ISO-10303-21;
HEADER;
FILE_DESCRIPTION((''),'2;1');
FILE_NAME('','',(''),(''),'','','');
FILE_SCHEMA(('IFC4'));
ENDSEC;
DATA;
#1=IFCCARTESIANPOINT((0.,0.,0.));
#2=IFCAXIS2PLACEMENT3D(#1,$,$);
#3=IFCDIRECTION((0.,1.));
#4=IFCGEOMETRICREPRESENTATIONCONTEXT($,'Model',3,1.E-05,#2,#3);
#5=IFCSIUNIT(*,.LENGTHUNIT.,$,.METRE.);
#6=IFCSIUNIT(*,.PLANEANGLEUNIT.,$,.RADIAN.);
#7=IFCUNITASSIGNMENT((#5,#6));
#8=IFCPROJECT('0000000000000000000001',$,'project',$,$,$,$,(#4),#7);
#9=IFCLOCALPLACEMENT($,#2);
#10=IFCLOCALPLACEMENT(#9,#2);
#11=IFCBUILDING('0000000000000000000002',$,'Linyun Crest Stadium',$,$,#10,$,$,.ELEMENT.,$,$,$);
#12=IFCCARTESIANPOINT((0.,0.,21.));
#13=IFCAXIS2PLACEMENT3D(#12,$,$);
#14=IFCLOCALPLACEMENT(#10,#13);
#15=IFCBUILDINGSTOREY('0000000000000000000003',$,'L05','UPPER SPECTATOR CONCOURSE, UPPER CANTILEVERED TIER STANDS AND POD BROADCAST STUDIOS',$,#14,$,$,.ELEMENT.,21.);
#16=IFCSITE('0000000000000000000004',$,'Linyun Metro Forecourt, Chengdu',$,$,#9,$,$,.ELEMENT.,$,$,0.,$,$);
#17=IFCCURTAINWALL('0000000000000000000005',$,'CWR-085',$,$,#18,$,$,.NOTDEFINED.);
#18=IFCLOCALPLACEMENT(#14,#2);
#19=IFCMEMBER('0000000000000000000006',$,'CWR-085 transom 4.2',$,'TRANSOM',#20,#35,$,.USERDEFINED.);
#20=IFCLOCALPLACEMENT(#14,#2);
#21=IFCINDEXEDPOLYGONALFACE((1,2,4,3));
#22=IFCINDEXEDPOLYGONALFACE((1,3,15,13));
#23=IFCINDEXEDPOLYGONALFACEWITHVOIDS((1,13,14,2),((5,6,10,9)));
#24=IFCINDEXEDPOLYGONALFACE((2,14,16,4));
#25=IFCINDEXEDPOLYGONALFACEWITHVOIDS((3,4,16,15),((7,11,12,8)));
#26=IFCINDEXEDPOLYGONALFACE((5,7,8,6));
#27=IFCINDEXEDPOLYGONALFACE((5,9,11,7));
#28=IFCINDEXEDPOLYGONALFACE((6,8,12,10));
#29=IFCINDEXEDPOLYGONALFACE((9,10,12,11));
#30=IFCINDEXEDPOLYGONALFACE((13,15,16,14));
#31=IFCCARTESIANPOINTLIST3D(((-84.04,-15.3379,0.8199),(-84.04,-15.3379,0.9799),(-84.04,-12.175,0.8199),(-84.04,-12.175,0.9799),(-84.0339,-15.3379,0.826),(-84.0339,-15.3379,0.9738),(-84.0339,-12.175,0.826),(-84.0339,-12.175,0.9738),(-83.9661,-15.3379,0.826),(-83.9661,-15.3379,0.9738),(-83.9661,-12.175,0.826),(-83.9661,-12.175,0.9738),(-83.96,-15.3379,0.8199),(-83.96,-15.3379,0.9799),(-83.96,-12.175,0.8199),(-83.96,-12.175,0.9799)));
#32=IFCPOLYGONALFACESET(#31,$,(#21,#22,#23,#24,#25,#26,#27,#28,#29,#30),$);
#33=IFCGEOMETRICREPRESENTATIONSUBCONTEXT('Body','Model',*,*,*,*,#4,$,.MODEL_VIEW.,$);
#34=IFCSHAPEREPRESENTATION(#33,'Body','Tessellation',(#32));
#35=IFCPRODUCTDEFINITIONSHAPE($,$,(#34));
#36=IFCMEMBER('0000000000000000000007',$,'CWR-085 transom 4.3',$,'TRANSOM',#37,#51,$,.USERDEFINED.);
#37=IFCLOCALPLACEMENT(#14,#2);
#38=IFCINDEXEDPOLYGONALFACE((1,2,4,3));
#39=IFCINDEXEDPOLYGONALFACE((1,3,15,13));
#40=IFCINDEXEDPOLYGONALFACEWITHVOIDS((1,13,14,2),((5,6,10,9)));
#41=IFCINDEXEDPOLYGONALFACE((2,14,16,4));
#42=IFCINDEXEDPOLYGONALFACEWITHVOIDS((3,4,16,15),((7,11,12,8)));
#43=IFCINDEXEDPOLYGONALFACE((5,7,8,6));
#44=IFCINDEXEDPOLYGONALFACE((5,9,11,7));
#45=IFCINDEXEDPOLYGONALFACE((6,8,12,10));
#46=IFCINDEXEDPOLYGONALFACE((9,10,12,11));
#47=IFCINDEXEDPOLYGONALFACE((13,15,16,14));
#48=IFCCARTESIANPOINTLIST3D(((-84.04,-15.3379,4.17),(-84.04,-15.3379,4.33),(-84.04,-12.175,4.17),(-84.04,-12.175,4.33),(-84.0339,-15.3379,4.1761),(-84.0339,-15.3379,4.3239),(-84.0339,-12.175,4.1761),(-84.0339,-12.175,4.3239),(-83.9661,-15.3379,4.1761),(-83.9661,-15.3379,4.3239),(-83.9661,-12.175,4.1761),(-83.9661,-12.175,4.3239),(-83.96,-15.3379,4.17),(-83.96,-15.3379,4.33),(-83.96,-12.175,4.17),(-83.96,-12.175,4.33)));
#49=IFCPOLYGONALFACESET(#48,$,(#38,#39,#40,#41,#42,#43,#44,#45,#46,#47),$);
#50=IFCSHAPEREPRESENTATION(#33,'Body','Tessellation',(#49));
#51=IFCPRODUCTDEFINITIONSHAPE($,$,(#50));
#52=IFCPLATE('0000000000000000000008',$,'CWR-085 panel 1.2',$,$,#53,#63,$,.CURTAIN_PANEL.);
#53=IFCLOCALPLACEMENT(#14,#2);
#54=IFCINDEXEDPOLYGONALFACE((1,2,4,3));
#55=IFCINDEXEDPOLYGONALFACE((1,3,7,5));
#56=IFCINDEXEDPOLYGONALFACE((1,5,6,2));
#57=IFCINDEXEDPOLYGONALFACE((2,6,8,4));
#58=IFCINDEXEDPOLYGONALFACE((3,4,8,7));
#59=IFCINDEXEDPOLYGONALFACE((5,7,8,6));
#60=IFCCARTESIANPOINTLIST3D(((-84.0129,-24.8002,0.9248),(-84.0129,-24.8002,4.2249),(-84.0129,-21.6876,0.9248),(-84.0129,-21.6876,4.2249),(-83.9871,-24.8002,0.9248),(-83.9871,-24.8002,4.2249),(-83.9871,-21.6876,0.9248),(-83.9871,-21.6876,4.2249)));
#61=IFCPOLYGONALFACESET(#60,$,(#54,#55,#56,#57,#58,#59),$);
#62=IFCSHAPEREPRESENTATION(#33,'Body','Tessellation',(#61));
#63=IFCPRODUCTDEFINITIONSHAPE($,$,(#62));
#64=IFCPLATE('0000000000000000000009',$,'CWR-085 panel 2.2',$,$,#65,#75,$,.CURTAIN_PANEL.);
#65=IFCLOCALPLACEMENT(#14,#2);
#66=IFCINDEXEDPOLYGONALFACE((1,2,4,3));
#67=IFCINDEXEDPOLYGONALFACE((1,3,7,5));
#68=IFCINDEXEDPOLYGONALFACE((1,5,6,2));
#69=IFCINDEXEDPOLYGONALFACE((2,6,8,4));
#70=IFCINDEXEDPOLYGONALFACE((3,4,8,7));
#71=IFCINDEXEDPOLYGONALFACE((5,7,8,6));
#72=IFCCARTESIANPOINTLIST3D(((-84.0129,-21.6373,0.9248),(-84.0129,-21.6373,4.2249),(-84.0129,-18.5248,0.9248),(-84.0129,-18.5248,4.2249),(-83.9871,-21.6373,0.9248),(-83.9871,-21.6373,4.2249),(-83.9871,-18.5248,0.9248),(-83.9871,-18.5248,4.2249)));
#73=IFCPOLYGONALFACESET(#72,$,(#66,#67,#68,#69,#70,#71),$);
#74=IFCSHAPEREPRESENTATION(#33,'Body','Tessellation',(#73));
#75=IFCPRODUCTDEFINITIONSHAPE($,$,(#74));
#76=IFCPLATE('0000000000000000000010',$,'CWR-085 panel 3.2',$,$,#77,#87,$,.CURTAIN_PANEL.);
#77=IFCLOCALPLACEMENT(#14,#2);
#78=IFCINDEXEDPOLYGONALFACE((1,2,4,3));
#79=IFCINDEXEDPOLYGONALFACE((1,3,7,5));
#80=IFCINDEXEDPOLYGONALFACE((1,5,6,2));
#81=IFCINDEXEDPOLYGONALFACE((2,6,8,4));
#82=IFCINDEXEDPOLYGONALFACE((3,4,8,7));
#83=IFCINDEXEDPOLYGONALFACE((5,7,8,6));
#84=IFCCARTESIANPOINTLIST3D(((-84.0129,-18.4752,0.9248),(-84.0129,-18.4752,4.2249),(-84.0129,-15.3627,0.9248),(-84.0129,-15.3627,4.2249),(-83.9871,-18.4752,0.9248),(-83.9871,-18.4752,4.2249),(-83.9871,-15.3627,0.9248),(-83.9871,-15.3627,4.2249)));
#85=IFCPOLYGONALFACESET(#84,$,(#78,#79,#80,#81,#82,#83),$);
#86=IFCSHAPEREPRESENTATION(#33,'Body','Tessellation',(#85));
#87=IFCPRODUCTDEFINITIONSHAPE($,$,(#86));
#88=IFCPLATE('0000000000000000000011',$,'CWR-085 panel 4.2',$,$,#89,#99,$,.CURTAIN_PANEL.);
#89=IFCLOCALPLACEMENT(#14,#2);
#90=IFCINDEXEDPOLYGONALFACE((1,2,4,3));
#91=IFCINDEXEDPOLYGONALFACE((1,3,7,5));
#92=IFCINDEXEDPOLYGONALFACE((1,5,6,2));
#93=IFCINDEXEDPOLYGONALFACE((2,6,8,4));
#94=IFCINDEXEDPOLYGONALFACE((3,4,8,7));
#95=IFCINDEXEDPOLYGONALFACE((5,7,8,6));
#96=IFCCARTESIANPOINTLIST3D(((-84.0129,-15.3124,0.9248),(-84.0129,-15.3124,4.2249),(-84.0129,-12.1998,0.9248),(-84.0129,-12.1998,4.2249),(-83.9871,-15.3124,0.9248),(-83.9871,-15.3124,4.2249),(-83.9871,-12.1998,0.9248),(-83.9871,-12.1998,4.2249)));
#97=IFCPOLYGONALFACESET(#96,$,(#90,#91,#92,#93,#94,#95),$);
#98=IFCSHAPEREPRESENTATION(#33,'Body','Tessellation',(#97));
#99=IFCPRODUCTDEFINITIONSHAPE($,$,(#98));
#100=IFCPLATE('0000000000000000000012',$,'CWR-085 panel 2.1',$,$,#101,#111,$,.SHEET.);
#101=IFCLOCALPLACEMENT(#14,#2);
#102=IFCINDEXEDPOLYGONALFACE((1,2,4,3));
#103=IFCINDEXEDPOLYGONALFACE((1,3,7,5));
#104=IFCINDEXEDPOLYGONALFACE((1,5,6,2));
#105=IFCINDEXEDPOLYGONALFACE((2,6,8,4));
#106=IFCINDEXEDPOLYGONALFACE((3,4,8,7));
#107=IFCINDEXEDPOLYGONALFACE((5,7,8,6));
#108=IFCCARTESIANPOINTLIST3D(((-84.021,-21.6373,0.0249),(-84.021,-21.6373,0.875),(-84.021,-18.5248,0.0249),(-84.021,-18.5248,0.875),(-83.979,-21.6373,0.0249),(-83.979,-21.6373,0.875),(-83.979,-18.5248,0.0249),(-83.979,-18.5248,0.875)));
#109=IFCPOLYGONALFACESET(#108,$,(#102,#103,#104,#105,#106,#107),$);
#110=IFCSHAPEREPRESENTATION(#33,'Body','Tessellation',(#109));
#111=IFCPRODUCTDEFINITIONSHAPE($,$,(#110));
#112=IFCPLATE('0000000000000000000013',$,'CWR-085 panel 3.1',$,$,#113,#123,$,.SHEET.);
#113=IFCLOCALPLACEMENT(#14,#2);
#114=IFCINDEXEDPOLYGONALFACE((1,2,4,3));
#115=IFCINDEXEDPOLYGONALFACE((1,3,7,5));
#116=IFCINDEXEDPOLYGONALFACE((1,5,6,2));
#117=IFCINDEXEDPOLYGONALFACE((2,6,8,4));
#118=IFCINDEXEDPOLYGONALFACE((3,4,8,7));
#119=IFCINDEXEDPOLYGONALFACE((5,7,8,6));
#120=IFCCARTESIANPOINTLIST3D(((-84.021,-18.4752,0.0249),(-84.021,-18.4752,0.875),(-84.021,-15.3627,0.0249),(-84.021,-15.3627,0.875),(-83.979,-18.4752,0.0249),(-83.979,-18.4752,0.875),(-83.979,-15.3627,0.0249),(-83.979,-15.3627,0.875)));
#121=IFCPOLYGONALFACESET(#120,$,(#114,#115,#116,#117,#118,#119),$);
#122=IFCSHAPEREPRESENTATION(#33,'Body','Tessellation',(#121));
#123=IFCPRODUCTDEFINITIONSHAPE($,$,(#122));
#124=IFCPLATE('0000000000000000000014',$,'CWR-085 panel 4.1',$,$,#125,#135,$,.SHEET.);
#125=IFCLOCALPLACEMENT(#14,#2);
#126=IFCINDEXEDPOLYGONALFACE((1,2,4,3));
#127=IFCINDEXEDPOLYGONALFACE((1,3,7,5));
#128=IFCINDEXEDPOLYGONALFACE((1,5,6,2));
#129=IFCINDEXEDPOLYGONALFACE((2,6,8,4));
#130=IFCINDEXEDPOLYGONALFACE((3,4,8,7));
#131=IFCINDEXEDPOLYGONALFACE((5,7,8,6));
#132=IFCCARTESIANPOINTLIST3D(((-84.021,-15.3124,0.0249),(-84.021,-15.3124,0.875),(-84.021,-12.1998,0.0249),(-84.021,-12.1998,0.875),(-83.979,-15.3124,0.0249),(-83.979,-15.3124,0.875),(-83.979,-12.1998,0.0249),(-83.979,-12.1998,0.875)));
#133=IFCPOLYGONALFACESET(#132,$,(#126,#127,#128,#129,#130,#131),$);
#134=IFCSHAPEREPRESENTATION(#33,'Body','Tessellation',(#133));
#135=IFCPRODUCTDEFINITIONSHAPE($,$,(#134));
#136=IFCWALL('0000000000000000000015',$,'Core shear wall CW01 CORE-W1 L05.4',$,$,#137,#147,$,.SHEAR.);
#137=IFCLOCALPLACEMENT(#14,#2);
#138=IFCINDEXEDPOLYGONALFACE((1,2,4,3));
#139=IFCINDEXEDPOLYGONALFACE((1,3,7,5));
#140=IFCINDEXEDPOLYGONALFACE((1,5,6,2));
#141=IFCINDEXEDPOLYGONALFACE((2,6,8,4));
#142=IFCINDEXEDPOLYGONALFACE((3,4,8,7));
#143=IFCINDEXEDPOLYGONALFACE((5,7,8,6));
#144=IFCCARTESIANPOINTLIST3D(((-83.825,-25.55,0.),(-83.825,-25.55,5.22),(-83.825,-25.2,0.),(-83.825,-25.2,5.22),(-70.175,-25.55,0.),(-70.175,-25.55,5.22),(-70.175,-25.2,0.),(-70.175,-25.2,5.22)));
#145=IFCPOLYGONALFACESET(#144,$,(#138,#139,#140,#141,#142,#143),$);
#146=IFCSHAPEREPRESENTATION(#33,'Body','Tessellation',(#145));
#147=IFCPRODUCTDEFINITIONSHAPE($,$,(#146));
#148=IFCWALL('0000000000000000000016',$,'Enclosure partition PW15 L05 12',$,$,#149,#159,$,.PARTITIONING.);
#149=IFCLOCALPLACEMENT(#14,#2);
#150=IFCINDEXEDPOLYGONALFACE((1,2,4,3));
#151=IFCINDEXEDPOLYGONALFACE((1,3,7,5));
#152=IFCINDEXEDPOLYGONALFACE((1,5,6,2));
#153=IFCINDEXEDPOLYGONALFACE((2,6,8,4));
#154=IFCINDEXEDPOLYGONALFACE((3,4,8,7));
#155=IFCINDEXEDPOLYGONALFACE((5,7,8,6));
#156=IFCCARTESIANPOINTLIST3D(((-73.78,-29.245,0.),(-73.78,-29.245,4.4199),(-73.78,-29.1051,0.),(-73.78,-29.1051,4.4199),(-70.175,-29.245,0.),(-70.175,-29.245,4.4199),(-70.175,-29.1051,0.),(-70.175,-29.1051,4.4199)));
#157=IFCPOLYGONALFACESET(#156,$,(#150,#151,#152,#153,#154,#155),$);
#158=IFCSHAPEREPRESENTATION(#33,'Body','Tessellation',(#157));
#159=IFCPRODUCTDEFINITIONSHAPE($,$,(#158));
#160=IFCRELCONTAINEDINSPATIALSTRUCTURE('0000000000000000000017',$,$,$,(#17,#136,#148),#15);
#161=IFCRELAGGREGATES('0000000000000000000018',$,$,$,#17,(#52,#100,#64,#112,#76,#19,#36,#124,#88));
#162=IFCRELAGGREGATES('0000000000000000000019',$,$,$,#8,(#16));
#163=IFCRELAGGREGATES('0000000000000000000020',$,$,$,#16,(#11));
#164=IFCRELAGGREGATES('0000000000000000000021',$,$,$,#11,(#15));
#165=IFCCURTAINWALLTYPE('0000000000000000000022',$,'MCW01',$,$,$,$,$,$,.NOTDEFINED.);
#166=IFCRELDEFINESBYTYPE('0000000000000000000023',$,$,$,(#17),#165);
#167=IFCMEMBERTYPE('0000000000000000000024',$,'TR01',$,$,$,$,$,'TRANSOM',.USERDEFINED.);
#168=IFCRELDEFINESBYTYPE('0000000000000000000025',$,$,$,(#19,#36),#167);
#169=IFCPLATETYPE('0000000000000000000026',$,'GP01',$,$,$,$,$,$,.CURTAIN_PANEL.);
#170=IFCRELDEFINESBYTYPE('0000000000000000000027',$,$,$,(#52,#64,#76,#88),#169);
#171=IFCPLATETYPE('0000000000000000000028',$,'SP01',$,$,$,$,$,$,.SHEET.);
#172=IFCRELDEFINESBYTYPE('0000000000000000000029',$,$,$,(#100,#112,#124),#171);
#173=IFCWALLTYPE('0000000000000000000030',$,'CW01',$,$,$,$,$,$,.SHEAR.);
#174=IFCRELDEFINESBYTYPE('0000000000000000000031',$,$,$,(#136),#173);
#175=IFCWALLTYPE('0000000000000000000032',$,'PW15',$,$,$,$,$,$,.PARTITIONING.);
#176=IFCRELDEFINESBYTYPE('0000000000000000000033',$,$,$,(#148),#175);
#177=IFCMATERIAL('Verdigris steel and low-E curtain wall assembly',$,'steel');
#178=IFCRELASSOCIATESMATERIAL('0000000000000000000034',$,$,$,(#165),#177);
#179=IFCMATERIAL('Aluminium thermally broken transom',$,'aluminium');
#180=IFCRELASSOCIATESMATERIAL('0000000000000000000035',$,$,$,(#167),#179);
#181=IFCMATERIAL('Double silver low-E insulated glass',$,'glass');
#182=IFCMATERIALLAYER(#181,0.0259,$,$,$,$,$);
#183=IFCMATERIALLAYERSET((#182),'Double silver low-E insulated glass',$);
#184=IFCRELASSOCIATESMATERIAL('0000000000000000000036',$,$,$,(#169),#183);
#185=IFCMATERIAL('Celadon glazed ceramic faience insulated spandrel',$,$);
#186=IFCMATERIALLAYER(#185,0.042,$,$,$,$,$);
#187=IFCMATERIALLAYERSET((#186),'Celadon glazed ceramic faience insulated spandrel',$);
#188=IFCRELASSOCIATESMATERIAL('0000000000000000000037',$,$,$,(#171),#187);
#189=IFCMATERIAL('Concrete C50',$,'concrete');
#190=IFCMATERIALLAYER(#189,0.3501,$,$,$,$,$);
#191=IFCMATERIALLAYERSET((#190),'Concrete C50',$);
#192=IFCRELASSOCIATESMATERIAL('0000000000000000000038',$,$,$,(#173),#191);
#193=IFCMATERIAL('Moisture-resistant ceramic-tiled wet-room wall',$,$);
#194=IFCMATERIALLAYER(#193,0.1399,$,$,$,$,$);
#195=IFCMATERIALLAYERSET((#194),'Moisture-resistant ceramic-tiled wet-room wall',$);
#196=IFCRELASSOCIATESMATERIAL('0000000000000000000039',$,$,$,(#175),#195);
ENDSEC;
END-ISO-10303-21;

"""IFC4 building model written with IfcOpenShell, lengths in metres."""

from ifc_helpers import new_model, si_unit, direction, frame, frame_2d, origin, origin_2d, place, context, subcontext, project, spatial, rectangle, hollow_rectangle, extrude, material, layer, layer_set, material_profile, profile_set, type_object, element, aggregate, save


model = new_model("IFC4")

# Units and contexts
model_context = context("Model", 3, precision=1e-05, world=origin(), true_north=direction((0.0, 1.0)))
body_context = subcontext(model_context, "Body", "Model", "MODEL_VIEW")
ifc_project = project(units=[si_unit("LENGTHUNIT", "METRE"), si_unit("PLANEANGLEUNIT", "RADIAN")], contexts=[model_context])

# Site, building, storey
site_placement = place(None, origin())
site = spatial("IfcSite", under=ifc_project, at=site_placement, Name="Linyun Metro Forecourt, Chengdu", CompositionType="ELEMENT", RefElevation=0.0)
building_placement = place(site_placement, origin())
building = spatial("IfcBuilding", under=site, at=building_placement, Name="Linyun Crest Stadium", CompositionType="ELEMENT")
storey_placement = place(building_placement, frame((0.0, 0.0, 21.0)))
storey = spatial("IfcBuildingStorey", under=building, at=storey_placement, Name="L05", Description="UPPER SPECTATOR CONCOURSE, UPPER CANTILEVERED TIER STANDS AND POD BROADCAST STUDIOS", CompositionType="ELEMENT", Elevation=21.0)

# Curtain wall, members, plates
ifc_material_1 = material(Name="Verdigris steel and low-E curtain wall assembly", Category="steel")
curtain_wall_type = type_object("IfcCurtainWallType", Name="MCW01", PredefinedType="NOTDEFINED", material=ifc_material_1)
curtain_wall_placement = place(storey_placement, origin())
curtain_wall = element("IfcCurtainWall", 1, at=curtain_wall_placement, inside=storey, type_object=curtain_wall_type, Name="CWR-085", PredefinedType="NOTDEFINED")
ifc_material_2 = material(Name="Aluminium thermally broken transom", Category="aluminium")
ifc_material_profile_1 = material_profile(ifc_material_2, hollow_rectangle(XDim=0.0801, YDim=0.1599, WallThickness=0.0061, at=origin_2d()), Name="RHS 160x80x6")
ifc_profile_set_1 = profile_set([ifc_material_profile_1], Name="Aluminium thermally broken transom")
member_type_1 = type_object("IfcMemberType", Name="TR01", ElementType="TRANSOM", PredefinedType="USERDEFINED", material=ifc_profile_set_1)
member_1_placement = place(storey_placement, frame((-84.0, -15.3379, 0.8999), z_axis=(0.0, 1.0, 0.0), x_axis=(-1.0, 0.0, 0.0)))
member_1 = element("IfcMember", 2, at=member_1_placement, type_object=member_type_1, Name="CWR-085 transom 4.2", ObjectType="TRANSOM", PredefinedType="USERDEFINED", context=body_context, shape_type="SweptSolid", body=[
    extrude(hollow_rectangle(XDim=0.0801, YDim=0.1599, WallThickness=0.0061, at=origin_2d()), origin(), (0.0, 0.0, 1.0), 3.1628),
])
member_2_placement = place(storey_placement, frame((-84.0, -15.3379, 4.25), z_axis=(0.0, 1.0, 0.0), x_axis=(-1.0, 0.0, 0.0)))
member_2 = element("IfcMember", 3, at=member_2_placement, type_object=member_type_1, Name="CWR-085 transom 4.3", ObjectType="TRANSOM", PredefinedType="USERDEFINED", context=body_context, shape_type="SweptSolid", body=[
    extrude(hollow_rectangle(XDim=0.0801, YDim=0.1599, WallThickness=0.0061, at=origin_2d()), origin(), (0.0, 0.0, 1.0), 3.1628),
])
ifc_material_3 = material(Name="Double silver low-E insulated glass", Category="glass")
ifc_layer_1 = layer(ifc_material_3, 0.0259)
ifc_layer_set_1 = layer_set([ifc_layer_1], Name="Double silver low-E insulated glass")
plate_type_1 = type_object("IfcPlateType", Name="GP01", PredefinedType="CURTAIN_PANEL", material=ifc_layer_set_1)
plate_1_placement = place(storey_placement, frame((-84.0, -23.2439, 0.9248), z_axis=(0.0, 0.0, 1.0), x_axis=(0.0, 1.0, 0.0)))
plate_1 = element("IfcPlate", 4, at=plate_1_placement, type_object=plate_type_1, Name="CWR-085 panel 1.2", PredefinedType="CURTAIN_PANEL", context=body_context, shape_type="SweptSolid", body=[
    extrude(rectangle(XDim=3.1125, YDim=0.0259, at=origin_2d()), origin(), (0.0, 0.0, 1.0), 3.3),
])
plate_2_placement = place(storey_placement, frame((-84.0, -20.0811, 0.9248), z_axis=(0.0, 0.0, 1.0), x_axis=(0.0, 1.0, 0.0)))
plate_2 = element("IfcPlate", 5, at=plate_2_placement, type_object=plate_type_1, Name="CWR-085 panel 2.2", PredefinedType="CURTAIN_PANEL", context=body_context, shape_type="SweptSolid", body=[
    extrude(rectangle(XDim=3.1125, YDim=0.0259, at=origin_2d()), origin(), (0.0, 0.0, 1.0), 3.3),
])
plate_3_placement = place(storey_placement, frame((-84.0, -16.9189, 0.9248), z_axis=(0.0, 0.0, 1.0), x_axis=(0.0, 1.0, 0.0)))
plate_3 = element("IfcPlate", 6, at=plate_3_placement, type_object=plate_type_1, Name="CWR-085 panel 3.2", PredefinedType="CURTAIN_PANEL", context=body_context, shape_type="SweptSolid", body=[
    extrude(rectangle(XDim=3.1125, YDim=0.0259, at=origin_2d()), origin(), (0.0, 0.0, 1.0), 3.3),
])
plate_4_placement = place(storey_placement, frame((-84.0, -13.7561, 0.9248), z_axis=(0.0, 0.0, 1.0), x_axis=(0.0, 1.0, 0.0)))
plate_4 = element("IfcPlate", 7, at=plate_4_placement, type_object=plate_type_1, Name="CWR-085 panel 4.2", PredefinedType="CURTAIN_PANEL", context=body_context, shape_type="SweptSolid", body=[
    extrude(rectangle(XDim=3.1125, YDim=0.0259, at=origin_2d()), origin(), (0.0, 0.0, 1.0), 3.3),
])
ifc_material_4 = material(Name="Celadon glazed ceramic faience insulated spandrel")
ifc_layer_2 = layer(ifc_material_4, 0.042)
ifc_layer_set_2 = layer_set([ifc_layer_2], Name="Celadon glazed ceramic faience insulated spandrel")
plate_type_2 = type_object("IfcPlateType", Name="SP01", PredefinedType="SHEET", material=ifc_layer_set_2)
plate_5_placement = place(storey_placement, frame((-84.0, -20.0811, 0.0249), z_axis=(0.0, 0.0, 1.0), x_axis=(0.0, 1.0, 0.0)))
plate_5 = element("IfcPlate", 8, at=plate_5_placement, type_object=plate_type_2, Name="CWR-085 panel 2.1", PredefinedType="SHEET", context=body_context, shape_type="SweptSolid", body=[
    extrude(rectangle(XDim=3.1125, YDim=0.042, at=origin_2d()), origin(), (0.0, 0.0, 1.0), 0.8501),
])
plate_6_placement = place(storey_placement, frame((-84.0, -16.9189, 0.0249), z_axis=(0.0, 0.0, 1.0), x_axis=(0.0, 1.0, 0.0)))
plate_6 = element("IfcPlate", 9, at=plate_6_placement, type_object=plate_type_2, Name="CWR-085 panel 3.1", PredefinedType="SHEET", context=body_context, shape_type="SweptSolid", body=[
    extrude(rectangle(XDim=3.1125, YDim=0.042, at=origin_2d()), origin(), (0.0, 0.0, 1.0), 0.8501),
])
plate_7_placement = place(storey_placement, frame((-84.0, -13.7561, 0.0249), z_axis=(0.0, 0.0, 1.0), x_axis=(0.0, 1.0, 0.0)))
plate_7 = element("IfcPlate", 10, at=plate_7_placement, type_object=plate_type_2, Name="CWR-085 panel 4.1", PredefinedType="SHEET", context=body_context, shape_type="SweptSolid", body=[
    extrude(rectangle(XDim=3.1125, YDim=0.042, at=origin_2d()), origin(), (0.0, 0.0, 1.0), 0.8501),
])
aggregate(curtain_wall, [plate_1, plate_5, plate_2, plate_6, plate_3, member_1, member_2, plate_7, plate_4])

# Walls
ifc_material_5 = material(Name="Concrete C50", Category="concrete")
ifc_layer_3 = layer(ifc_material_5, 0.3501)
ifc_layer_set_3 = layer_set([ifc_layer_3], Name="Concrete C50")
wall_type_1 = type_object("IfcWallType", Name="CW01", PredefinedType="SHEAR", material=ifc_layer_set_3)
wall_1_placement = place(storey_placement, frame((-83.825, -25.375, 0.0), z_axis=(0.0, 0.0, 1.0), x_axis=(1.0, 0.0, 0.0)))
element("IfcWall", 11, at=wall_1_placement, inside=storey, type_object=wall_type_1, Name="Core shear wall CW01 CORE-W1 L05.4", PredefinedType="SHEAR", context=body_context, shape_type="SweptSolid", body=[
    extrude(rectangle(XDim=13.6499, YDim=0.3501, at=frame_2d((6.825, 0.0))), origin(), (0.0, 0.0, 1.0), 5.22),
])
ifc_material_6 = material(Name="Moisture-resistant ceramic-tiled wet-room wall")
ifc_layer_4 = layer(ifc_material_6, 0.1399)
ifc_layer_set_4 = layer_set([ifc_layer_4], Name="Moisture-resistant ceramic-tiled wet-room wall")
wall_type_2 = type_object("IfcWallType", Name="PW15", PredefinedType="PARTITIONING", material=ifc_layer_set_4)
wall_2_placement = place(storey_placement, frame((-73.78, -29.175, 0.0), z_axis=(0.0, 0.0, 1.0), x_axis=(1.0, 0.0, 0.0)))
element("IfcWall", 12, at=wall_2_placement, inside=storey, type_object=wall_type_2, Name="Enclosure partition PW15 L05 12", PredefinedType="PARTITIONING", context=body_context, shape_type="SweptSolid", body=[
    extrude(rectangle(XDim=3.605, YDim=0.1399, at=frame_2d((1.8025, 0.0))), origin(), (0.0, 0.0, 1.0), 4.4199),
])

save(model, "model.ifc")
